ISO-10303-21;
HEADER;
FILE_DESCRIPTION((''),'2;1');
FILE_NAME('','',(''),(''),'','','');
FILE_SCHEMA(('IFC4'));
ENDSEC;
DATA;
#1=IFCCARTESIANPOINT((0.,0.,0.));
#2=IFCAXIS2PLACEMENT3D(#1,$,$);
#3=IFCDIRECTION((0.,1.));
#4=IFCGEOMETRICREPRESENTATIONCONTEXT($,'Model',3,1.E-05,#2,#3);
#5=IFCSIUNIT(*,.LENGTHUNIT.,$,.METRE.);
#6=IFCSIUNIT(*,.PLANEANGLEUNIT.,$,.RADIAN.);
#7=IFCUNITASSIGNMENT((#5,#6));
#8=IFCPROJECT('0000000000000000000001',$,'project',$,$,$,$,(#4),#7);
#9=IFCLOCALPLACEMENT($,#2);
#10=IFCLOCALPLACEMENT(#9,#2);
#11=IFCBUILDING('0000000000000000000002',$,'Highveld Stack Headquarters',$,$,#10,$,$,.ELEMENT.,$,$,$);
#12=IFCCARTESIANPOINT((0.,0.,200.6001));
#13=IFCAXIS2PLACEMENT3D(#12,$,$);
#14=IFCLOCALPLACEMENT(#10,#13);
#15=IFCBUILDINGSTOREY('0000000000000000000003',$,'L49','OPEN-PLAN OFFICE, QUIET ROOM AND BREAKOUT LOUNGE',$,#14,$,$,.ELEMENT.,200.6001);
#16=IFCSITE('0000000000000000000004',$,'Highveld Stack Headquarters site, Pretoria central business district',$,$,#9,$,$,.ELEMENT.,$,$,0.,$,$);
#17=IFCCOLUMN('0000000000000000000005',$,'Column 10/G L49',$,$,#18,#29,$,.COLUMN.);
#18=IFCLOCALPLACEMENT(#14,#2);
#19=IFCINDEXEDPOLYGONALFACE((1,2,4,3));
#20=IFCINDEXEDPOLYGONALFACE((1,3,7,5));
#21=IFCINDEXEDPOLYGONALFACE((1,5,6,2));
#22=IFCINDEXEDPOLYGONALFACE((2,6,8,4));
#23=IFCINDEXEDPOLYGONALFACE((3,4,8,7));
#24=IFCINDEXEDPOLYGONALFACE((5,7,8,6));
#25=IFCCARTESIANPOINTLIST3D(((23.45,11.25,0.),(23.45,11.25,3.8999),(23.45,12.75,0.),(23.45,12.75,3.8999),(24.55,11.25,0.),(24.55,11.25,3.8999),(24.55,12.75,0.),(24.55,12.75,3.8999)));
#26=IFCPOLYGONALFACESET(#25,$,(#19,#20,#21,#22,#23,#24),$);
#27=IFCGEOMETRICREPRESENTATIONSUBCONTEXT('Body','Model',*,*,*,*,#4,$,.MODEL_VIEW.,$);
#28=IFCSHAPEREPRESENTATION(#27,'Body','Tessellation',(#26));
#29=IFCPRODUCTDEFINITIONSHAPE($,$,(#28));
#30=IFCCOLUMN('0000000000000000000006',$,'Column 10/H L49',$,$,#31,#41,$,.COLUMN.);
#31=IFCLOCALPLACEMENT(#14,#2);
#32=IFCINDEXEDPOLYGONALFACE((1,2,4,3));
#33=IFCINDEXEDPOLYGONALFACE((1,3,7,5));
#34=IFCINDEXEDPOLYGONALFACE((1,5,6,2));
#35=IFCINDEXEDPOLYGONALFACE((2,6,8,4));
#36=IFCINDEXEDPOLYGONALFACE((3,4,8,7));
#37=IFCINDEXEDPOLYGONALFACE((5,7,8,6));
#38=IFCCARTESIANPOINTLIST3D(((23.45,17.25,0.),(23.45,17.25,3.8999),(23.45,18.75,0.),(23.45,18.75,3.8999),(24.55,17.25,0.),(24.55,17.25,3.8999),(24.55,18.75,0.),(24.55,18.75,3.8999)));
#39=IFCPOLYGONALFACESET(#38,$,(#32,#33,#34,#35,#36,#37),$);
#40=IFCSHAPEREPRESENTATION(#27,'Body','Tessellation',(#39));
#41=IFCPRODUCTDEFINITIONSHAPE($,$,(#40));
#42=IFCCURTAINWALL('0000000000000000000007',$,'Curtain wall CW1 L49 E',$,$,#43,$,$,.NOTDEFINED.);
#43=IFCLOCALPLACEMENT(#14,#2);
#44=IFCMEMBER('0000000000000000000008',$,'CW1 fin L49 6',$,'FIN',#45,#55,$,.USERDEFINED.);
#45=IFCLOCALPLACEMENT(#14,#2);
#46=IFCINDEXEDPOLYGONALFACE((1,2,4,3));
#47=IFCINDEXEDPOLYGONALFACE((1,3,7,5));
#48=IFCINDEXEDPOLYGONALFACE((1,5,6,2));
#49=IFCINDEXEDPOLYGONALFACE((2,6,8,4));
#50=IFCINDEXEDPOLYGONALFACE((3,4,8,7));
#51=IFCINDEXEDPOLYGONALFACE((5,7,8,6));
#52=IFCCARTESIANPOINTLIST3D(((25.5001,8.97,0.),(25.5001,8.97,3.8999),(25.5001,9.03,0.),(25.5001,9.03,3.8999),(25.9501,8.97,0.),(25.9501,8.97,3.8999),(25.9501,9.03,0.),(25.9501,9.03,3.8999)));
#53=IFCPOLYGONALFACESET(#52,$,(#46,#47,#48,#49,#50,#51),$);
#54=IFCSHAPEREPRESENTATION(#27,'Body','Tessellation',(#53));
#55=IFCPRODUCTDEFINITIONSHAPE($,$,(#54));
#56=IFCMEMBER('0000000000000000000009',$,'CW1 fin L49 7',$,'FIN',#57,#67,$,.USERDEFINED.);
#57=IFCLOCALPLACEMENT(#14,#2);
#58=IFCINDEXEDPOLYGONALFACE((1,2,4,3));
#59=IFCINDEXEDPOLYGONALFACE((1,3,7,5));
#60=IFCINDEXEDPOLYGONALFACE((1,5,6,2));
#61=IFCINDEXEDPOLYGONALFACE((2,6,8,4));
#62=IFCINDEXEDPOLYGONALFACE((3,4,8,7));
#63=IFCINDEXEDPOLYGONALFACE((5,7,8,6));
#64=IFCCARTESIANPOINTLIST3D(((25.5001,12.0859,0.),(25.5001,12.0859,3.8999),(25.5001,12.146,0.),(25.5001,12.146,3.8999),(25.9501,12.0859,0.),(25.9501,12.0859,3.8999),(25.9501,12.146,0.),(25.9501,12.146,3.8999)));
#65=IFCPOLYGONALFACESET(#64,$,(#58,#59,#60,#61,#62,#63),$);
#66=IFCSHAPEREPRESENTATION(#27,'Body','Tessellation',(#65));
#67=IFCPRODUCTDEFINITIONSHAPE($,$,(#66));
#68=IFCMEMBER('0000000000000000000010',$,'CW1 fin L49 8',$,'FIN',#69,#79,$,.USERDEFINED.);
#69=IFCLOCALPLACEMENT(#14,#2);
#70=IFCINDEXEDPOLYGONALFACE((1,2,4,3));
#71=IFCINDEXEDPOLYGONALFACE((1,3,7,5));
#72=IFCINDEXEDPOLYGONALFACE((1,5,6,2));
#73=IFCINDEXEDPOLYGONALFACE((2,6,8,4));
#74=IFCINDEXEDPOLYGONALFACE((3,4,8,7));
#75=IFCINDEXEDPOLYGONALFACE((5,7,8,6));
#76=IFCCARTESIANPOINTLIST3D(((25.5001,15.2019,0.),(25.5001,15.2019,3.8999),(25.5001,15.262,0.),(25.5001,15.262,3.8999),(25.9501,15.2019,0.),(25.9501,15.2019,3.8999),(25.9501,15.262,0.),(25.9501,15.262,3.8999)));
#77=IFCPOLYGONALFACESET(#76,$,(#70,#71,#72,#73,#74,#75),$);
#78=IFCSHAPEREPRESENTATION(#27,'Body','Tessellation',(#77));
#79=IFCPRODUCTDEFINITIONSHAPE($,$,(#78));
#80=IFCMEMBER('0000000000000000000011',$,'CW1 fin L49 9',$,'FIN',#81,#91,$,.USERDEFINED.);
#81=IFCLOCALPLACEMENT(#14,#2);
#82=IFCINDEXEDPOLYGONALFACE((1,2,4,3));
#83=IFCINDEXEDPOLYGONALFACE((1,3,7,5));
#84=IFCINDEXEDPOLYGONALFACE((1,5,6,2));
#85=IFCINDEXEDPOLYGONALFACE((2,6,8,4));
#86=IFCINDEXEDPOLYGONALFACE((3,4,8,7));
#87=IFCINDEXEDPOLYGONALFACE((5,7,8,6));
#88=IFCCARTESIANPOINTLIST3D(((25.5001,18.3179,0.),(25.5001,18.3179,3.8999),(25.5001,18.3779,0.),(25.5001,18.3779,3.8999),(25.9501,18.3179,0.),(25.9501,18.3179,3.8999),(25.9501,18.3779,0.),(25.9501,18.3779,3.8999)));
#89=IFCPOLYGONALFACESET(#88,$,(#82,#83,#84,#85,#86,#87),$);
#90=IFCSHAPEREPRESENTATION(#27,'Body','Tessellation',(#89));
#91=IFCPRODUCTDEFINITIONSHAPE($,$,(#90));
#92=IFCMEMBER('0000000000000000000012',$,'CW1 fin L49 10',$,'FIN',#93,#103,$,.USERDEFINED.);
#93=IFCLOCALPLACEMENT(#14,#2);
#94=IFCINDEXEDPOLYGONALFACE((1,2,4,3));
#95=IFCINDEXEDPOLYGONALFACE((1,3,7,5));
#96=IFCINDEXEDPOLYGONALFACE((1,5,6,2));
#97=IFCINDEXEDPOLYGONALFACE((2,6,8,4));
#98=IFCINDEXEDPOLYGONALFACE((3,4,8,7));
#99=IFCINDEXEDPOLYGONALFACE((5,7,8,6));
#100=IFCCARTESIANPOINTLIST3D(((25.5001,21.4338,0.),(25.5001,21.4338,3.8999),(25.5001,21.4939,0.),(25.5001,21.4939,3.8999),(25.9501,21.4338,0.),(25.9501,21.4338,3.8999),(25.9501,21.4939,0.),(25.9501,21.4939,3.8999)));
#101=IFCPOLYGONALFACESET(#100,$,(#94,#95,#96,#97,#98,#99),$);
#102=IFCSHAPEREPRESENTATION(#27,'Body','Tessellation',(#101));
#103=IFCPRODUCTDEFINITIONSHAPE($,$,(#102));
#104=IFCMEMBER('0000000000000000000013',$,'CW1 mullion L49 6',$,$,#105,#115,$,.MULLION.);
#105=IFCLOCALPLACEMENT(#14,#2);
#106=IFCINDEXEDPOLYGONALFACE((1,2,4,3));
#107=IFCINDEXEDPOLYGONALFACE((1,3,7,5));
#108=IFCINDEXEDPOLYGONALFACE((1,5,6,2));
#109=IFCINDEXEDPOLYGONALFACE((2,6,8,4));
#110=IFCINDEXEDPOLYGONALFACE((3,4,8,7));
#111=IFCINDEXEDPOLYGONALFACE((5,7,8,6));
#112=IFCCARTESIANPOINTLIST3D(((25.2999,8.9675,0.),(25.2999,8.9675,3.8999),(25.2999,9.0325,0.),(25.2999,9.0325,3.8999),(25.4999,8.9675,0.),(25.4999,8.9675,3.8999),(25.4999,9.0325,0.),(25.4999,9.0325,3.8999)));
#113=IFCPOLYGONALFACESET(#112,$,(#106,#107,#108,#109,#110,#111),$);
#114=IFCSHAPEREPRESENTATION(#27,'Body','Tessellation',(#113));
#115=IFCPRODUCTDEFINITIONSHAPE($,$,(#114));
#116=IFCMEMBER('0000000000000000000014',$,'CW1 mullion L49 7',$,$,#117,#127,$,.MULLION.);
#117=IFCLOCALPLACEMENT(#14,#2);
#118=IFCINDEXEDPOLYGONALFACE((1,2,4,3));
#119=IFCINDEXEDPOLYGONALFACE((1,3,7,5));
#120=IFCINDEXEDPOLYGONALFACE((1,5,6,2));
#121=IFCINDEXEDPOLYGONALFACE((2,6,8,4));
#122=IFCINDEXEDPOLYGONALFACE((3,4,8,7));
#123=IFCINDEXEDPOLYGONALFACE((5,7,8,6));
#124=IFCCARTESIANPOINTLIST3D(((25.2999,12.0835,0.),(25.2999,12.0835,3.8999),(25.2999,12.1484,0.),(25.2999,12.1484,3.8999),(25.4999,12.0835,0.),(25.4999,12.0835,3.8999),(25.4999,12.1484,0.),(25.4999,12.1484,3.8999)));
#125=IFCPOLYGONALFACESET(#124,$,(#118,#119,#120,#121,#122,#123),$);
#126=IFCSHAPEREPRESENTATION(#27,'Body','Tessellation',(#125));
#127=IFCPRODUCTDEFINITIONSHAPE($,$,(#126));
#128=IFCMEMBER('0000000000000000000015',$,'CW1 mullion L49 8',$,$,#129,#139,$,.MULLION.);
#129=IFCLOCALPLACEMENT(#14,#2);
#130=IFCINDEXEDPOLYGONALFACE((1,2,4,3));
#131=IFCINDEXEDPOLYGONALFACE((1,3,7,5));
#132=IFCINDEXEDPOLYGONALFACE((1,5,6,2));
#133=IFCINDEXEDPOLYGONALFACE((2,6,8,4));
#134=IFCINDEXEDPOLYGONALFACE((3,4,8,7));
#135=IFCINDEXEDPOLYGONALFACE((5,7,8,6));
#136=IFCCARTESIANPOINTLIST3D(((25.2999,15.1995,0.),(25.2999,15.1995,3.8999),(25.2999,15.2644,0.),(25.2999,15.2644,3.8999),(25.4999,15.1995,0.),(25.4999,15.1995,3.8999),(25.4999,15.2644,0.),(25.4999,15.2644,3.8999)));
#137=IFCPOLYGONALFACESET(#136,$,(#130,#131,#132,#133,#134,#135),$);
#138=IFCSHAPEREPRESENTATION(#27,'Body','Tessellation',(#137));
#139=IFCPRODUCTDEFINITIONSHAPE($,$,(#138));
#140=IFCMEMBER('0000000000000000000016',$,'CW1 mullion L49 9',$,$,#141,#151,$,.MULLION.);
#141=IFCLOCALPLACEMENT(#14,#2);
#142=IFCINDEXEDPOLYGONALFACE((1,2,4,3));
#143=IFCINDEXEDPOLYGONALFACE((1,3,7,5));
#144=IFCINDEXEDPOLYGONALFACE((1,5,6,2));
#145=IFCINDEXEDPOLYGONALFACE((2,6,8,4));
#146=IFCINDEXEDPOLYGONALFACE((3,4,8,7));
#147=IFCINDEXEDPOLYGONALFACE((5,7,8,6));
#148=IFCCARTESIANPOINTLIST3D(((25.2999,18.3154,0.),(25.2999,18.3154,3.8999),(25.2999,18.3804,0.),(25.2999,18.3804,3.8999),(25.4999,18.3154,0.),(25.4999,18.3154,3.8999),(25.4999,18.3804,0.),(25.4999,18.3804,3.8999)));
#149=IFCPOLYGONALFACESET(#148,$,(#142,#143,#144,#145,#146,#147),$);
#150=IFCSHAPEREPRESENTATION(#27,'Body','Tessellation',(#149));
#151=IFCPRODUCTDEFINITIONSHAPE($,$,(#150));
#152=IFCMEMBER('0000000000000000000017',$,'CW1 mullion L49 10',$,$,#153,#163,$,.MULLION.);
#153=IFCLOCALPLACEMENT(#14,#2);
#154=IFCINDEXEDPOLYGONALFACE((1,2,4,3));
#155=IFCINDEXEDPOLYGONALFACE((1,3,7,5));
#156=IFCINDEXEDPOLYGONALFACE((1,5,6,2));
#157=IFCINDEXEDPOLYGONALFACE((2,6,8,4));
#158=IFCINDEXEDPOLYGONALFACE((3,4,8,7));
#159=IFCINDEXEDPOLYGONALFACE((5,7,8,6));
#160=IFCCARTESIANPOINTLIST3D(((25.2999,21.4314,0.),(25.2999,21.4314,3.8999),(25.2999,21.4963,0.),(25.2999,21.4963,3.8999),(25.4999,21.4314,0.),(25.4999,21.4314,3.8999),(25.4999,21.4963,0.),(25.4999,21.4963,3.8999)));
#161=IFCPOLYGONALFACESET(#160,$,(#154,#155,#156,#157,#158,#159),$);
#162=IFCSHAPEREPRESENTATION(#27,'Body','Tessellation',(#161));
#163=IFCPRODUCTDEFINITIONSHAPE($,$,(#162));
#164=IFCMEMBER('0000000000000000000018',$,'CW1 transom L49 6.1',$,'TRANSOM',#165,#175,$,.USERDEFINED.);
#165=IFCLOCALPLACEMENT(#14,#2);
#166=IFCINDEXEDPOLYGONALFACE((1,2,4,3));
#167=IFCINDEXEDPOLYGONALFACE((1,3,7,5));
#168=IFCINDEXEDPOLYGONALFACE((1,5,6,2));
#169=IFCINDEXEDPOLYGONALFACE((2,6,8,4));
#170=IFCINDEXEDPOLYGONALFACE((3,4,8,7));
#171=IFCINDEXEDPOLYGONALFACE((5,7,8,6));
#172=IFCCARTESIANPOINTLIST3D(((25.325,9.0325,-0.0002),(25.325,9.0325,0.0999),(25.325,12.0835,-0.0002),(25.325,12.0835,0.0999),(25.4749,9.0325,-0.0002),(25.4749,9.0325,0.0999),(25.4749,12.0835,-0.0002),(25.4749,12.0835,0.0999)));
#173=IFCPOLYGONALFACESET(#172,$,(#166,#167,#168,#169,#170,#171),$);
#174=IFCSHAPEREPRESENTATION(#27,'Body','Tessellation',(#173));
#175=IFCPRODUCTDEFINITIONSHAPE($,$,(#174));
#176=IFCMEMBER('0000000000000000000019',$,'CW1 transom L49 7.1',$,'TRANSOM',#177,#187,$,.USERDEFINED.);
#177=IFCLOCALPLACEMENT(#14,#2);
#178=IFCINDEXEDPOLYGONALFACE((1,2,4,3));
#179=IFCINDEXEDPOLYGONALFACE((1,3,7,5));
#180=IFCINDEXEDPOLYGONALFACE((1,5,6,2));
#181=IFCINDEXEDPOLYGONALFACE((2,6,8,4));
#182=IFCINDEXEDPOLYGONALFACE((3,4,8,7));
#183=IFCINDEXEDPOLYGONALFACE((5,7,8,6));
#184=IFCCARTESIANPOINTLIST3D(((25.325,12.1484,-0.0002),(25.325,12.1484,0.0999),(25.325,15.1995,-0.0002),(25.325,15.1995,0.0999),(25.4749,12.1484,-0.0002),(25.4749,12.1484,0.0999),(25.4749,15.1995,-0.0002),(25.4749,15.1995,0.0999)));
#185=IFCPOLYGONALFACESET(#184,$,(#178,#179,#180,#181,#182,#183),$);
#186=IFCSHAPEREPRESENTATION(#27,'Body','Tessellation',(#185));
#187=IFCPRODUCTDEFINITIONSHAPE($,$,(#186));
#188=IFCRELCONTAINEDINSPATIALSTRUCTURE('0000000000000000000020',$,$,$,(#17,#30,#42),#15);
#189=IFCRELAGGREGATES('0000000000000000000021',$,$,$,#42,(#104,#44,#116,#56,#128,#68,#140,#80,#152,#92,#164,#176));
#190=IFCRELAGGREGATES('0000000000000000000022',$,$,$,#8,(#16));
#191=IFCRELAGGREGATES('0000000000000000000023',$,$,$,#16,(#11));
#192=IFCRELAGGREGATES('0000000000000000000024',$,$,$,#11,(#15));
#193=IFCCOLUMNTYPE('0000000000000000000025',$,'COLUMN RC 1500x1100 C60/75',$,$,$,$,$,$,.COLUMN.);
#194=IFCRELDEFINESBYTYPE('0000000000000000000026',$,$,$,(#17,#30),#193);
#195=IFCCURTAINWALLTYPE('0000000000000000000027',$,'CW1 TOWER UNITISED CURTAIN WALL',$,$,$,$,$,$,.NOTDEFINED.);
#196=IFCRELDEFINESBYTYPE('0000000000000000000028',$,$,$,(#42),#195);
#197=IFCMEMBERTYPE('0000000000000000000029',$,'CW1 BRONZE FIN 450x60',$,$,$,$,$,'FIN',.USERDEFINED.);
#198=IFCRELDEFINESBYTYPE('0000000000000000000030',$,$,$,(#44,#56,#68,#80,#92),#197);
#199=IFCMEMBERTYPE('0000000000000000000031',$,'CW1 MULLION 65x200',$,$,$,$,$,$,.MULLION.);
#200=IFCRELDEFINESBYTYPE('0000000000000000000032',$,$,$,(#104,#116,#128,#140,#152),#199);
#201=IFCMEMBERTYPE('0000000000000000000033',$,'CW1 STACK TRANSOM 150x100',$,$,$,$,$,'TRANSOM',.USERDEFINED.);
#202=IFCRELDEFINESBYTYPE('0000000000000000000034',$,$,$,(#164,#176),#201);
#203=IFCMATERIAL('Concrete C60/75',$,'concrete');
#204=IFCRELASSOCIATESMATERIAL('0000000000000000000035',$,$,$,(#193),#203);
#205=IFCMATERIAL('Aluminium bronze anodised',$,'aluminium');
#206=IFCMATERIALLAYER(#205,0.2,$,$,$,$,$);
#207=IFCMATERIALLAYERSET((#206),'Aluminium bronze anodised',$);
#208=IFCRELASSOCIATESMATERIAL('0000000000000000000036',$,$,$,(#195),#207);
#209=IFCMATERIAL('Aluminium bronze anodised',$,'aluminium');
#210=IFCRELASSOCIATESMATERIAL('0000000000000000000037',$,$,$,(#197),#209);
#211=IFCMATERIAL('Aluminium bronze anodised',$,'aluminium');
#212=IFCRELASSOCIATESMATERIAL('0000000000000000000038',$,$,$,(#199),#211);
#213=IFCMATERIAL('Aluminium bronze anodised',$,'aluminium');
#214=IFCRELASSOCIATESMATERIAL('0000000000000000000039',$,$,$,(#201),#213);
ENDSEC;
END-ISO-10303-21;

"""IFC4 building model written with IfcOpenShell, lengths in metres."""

from ifc_helpers import new_model, si_unit, direction, frame, origin, origin_2d, place, context, subcontext, project, spatial, rectangle, extrude, material, layer, layer_set, material_profile, profile_set, type_object, element, aggregate, save


model = new_model("IFC4")

# Units and contexts
model_context = context("Model", 3, precision=1e-05, world=origin(), true_north=direction((0.0, 1.0)))
body_context = subcontext(model_context, "Body", "Model", "MODEL_VIEW")
ifc_project = project(units=[si_unit("LENGTHUNIT", "METRE"), si_unit("PLANEANGLEUNIT", "RADIAN")], contexts=[model_context])

# Site, building, storey
site_placement = place(None, origin())
site = spatial("IfcSite", under=ifc_project, at=site_placement, Name="Highveld Stack Headquarters site, Pretoria central business district", CompositionType="ELEMENT", RefElevation=0.0)
building_placement = place(site_placement, origin())
building = spatial("IfcBuilding", under=site, at=building_placement, Name="Highveld Stack Headquarters", CompositionType="ELEMENT")
storey_placement = place(building_placement, frame((0.0, 0.0, 200.6001)))
storey = spatial("IfcBuildingStorey", under=building, at=storey_placement, Name="L49", Description="OPEN-PLAN OFFICE, QUIET ROOM AND BREAKOUT LOUNGE", CompositionType="ELEMENT", Elevation=200.6001)

# Columns
ifc_material_1 = material(Name="Concrete C60/75", Category="concrete")
ifc_material_profile_1 = material_profile(ifc_material_1, rectangle(XDim=1.5, YDim=1.1001, at=origin_2d()), Name="RC 1500x1100")
ifc_profile_set_1 = profile_set([ifc_material_profile_1], Name="Concrete C60/75")
column_type = type_object("IfcColumnType", Name="COLUMN RC 1500x1100 C60/75", PredefinedType="COLUMN", material=ifc_profile_set_1)
for number, where, z_axis, x_axis, name in (
    (1, (24.0, 12.0, 0.0), (0.0, 0.0, 1.0), (0.0, 1.0, 0.0), "Column 10/G L49"),
    (2, (24.0, 18.0, 0.0), (0.0, 0.0, 1.0), (0.0, 1.0, 0.0), "Column 10/H L49"),
):
    element("IfcColumn", number, at=place(storey_placement, frame(where, z_axis=z_axis, x_axis=x_axis)), inside=storey, type_object=column_type, Name=name, PredefinedType="COLUMN", context=body_context, shape_type="SweptSolid", body=[
        extrude(rectangle(XDim=1.5, YDim=1.1001, at=origin_2d()), origin(), (0.0, 0.0, 1.0), 3.8999),
    ])

# Curtain wall, members
ifc_material_2 = material(Name="Aluminium bronze anodised", Category="aluminium")
ifc_layer_1 = layer(ifc_material_2, 0.2)
ifc_layer_set_1 = layer_set([ifc_layer_1], Name="Aluminium bronze anodised")
curtain_wall_type = type_object("IfcCurtainWallType", Name="CW1 TOWER UNITISED CURTAIN WALL", PredefinedType="NOTDEFINED", material=ifc_layer_set_1)
curtain_wall_placement = place(storey_placement, origin())
curtain_wall = element("IfcCurtainWall", 3, at=curtain_wall_placement, inside=storey, type_object=curtain_wall_type, Name="Curtain wall CW1 L49 E", PredefinedType="NOTDEFINED")
ifc_material_3 = material(Name="Aluminium bronze anodised", Category="aluminium")
ifc_material_profile_2 = material_profile(ifc_material_3, rectangle(XDim=0.45, YDim=0.0601, at=origin_2d()), Name="FIN 450x60")
ifc_profile_set_2 = profile_set([ifc_material_profile_2], Name="Aluminium bronze anodised")
member_type_1 = type_object("IfcMemberType", Name="CW1 BRONZE FIN 450x60", ElementType="FIN", PredefinedType="USERDEFINED", material=ifc_profile_set_2)
member_1_placement = place(storey_placement, frame((25.7251, 9.0, 0.0), z_axis=(0.0, 0.0, 1.0), x_axis=(-1.0, 0.0, 0.0)))
member_1 = element("IfcMember", 4, at=member_1_placement, type_object=member_type_1, Name="CW1 fin L49 6", ObjectType="FIN", PredefinedType="USERDEFINED", context=body_context, shape_type="SweptSolid", body=[
    extrude(rectangle(XDim=0.45, YDim=0.0601, at=origin_2d()), origin(), (0.0, 0.0, 1.0), 3.8999),
])
member_2_placement = place(storey_placement, frame((25.7251, 12.116, 0.0), z_axis=(0.0, 0.0, 1.0), x_axis=(-1.0, 0.0, 0.0)))
member_2 = element("IfcMember", 5, at=member_2_placement, type_object=member_type_1, Name="CW1 fin L49 7", ObjectType="FIN", PredefinedType="USERDEFINED", context=body_context, shape_type="SweptSolid", body=[
    extrude(rectangle(XDim=0.45, YDim=0.0601, at=origin_2d()), origin(), (0.0, 0.0, 1.0), 3.8999),
])
member_3_placement = place(storey_placement, frame((25.7251, 15.2319, 0.0), z_axis=(0.0, 0.0, 1.0), x_axis=(-1.0, 0.0, 0.0)))
member_3 = element("IfcMember", 6, at=member_3_placement, type_object=member_type_1, Name="CW1 fin L49 8", ObjectType="FIN", PredefinedType="USERDEFINED", context=body_context, shape_type="SweptSolid", body=[
    extrude(rectangle(XDim=0.45, YDim=0.0601, at=origin_2d()), origin(), (0.0, 0.0, 1.0), 3.8999),
])
member_4_placement = place(storey_placement, frame((25.7251, 18.3479, 0.0), z_axis=(0.0, 0.0, 1.0), x_axis=(-1.0, 0.0, 0.0)))
member_4 = element("IfcMember", 7, at=member_4_placement, type_object=member_type_1, Name="CW1 fin L49 9", ObjectType="FIN", PredefinedType="USERDEFINED", context=body_context, shape_type="SweptSolid", body=[
    extrude(rectangle(XDim=0.45, YDim=0.0601, at=origin_2d()), origin(), (0.0, 0.0, 1.0), 3.8999),
])
member_5_placement = place(storey_placement, frame((25.7251, 21.4639, 0.0), z_axis=(0.0, 0.0, 1.0), x_axis=(-1.0, 0.0, 0.0)))
member_5 = element("IfcMember", 8, at=member_5_placement, type_object=member_type_1, Name="CW1 fin L49 10", ObjectType="FIN", PredefinedType="USERDEFINED", context=body_context, shape_type="SweptSolid", body=[
    extrude(rectangle(XDim=0.45, YDim=0.0601, at=origin_2d()), origin(), (0.0, 0.0, 1.0), 3.8999),
])
ifc_material_4 = material(Name="Aluminium bronze anodised", Category="aluminium")
ifc_material_profile_3 = material_profile(ifc_material_4, rectangle(XDim=0.2, YDim=0.0649, at=origin_2d()), Name="CW1 MULLION 65x200")
ifc_profile_set_3 = profile_set([ifc_material_profile_3], Name="Aluminium bronze anodised")
member_type_2 = type_object("IfcMemberType", Name="CW1 MULLION 65x200", PredefinedType="MULLION", material=ifc_profile_set_3)
member_6_placement = place(storey_placement, frame((25.3999, 9.0, 0.0), z_axis=(0.0, 0.0, 1.0), x_axis=(-1.0, 0.0, 0.0)))
member_6 = element("IfcMember", 9, at=member_6_placement, type_object=member_type_2, Name="CW1 mullion L49 6", PredefinedType="MULLION", context=body_context, shape_type="SweptSolid", body=[
    extrude(rectangle(XDim=0.2, YDim=0.0649, at=origin_2d()), origin(), (0.0, 0.0, 1.0), 3.8999),
])
member_7_placement = place(storey_placement, frame((25.3999, 12.116, 0.0), z_axis=(0.0, 0.0, 1.0), x_axis=(-1.0, 0.0, 0.0)))
member_7 = element("IfcMember", 10, at=member_7_placement, type_object=member_type_2, Name="CW1 mullion L49 7", PredefinedType="MULLION", context=body_context, shape_type="SweptSolid", body=[
    extrude(rectangle(XDim=0.2, YDim=0.0649, at=origin_2d()), origin(), (0.0, 0.0, 1.0), 3.8999),
])
member_8_placement = place(storey_placement, frame((25.3999, 15.2319, 0.0), z_axis=(0.0, 0.0, 1.0), x_axis=(-1.0, 0.0, 0.0)))
member_8 = element("IfcMember", 11, at=member_8_placement, type_object=member_type_2, Name="CW1 mullion L49 8", PredefinedType="MULLION", context=body_context, shape_type="SweptSolid", body=[
    extrude(rectangle(XDim=0.2, YDim=0.0649, at=origin_2d()), origin(), (0.0, 0.0, 1.0), 3.8999),
])
member_9_placement = place(storey_placement, frame((25.3999, 18.3479, 0.0), z_axis=(0.0, 0.0, 1.0), x_axis=(-1.0, 0.0, 0.0)))
member_9 = element("IfcMember", 12, at=member_9_placement, type_object=member_type_2, Name="CW1 mullion L49 9", PredefinedType="MULLION", context=body_context, shape_type="SweptSolid", body=[
    extrude(rectangle(XDim=0.2, YDim=0.0649, at=origin_2d()), origin(), (0.0, 0.0, 1.0), 3.8999),
])
member_10_placement = place(storey_placement, frame((25.3999, 21.4639, 0.0), z_axis=(0.0, 0.0, 1.0), x_axis=(-1.0, 0.0, 0.0)))
member_10 = element("IfcMember", 13, at=member_10_placement, type_object=member_type_2, Name="CW1 mullion L49 10", PredefinedType="MULLION", context=body_context, shape_type="SweptSolid", body=[
    extrude(rectangle(XDim=0.2, YDim=0.0649, at=origin_2d()), origin(), (0.0, 0.0, 1.0), 3.8999),
])
ifc_material_5 = material(Name="Aluminium bronze anodised", Category="aluminium")
ifc_material_profile_4 = material_profile(ifc_material_5, rectangle(XDim=0.1499, YDim=0.1001, at=origin_2d()), Name="CW1 TRANSOM 150x100")
ifc_profile_set_4 = profile_set([ifc_material_profile_4], Name="Aluminium bronze anodised")
member_type_3 = type_object("IfcMemberType", Name="CW1 STACK TRANSOM 150x100", ElementType="TRANSOM", PredefinedType="USERDEFINED", material=ifc_profile_set_4)
member_11_placement = place(storey_placement, frame((25.3999, 9.0325, 0.0498), z_axis=(0.0, 1.0, 0.0), x_axis=(-1.0, 0.0, 0.0)))
member_11 = element("IfcMember", 14, at=member_11_placement, type_object=member_type_3, Name="CW1 transom L49 6.1", ObjectType="TRANSOM", PredefinedType="USERDEFINED", context=body_context, shape_type="SweptSolid", body=[
    extrude(rectangle(XDim=0.1499, YDim=0.1001, at=origin_2d()), origin(), (0.0, 0.0, 1.0), 3.051),
])
member_12_placement = place(storey_placement, frame((25.3999, 12.1484, 0.0498), z_axis=(0.0, 1.0, 0.0), x_axis=(-1.0, 0.0, 0.0)))
member_12 = element("IfcMember", 15, at=member_12_placement, type_object=member_type_3, Name="CW1 transom L49 7.1", ObjectType="TRANSOM", PredefinedType="USERDEFINED", context=body_context, shape_type="SweptSolid", body=[
    extrude(rectangle(XDim=0.1499, YDim=0.1001, at=origin_2d()), origin(), (0.0, 0.0, 1.0), 3.051),
])
aggregate(curtain_wall, [member_6, member_1, member_7, member_2, member_8, member_3, member_9, member_4, member_10, member_5, member_11, member_12])

save(model, "model.ifc")
